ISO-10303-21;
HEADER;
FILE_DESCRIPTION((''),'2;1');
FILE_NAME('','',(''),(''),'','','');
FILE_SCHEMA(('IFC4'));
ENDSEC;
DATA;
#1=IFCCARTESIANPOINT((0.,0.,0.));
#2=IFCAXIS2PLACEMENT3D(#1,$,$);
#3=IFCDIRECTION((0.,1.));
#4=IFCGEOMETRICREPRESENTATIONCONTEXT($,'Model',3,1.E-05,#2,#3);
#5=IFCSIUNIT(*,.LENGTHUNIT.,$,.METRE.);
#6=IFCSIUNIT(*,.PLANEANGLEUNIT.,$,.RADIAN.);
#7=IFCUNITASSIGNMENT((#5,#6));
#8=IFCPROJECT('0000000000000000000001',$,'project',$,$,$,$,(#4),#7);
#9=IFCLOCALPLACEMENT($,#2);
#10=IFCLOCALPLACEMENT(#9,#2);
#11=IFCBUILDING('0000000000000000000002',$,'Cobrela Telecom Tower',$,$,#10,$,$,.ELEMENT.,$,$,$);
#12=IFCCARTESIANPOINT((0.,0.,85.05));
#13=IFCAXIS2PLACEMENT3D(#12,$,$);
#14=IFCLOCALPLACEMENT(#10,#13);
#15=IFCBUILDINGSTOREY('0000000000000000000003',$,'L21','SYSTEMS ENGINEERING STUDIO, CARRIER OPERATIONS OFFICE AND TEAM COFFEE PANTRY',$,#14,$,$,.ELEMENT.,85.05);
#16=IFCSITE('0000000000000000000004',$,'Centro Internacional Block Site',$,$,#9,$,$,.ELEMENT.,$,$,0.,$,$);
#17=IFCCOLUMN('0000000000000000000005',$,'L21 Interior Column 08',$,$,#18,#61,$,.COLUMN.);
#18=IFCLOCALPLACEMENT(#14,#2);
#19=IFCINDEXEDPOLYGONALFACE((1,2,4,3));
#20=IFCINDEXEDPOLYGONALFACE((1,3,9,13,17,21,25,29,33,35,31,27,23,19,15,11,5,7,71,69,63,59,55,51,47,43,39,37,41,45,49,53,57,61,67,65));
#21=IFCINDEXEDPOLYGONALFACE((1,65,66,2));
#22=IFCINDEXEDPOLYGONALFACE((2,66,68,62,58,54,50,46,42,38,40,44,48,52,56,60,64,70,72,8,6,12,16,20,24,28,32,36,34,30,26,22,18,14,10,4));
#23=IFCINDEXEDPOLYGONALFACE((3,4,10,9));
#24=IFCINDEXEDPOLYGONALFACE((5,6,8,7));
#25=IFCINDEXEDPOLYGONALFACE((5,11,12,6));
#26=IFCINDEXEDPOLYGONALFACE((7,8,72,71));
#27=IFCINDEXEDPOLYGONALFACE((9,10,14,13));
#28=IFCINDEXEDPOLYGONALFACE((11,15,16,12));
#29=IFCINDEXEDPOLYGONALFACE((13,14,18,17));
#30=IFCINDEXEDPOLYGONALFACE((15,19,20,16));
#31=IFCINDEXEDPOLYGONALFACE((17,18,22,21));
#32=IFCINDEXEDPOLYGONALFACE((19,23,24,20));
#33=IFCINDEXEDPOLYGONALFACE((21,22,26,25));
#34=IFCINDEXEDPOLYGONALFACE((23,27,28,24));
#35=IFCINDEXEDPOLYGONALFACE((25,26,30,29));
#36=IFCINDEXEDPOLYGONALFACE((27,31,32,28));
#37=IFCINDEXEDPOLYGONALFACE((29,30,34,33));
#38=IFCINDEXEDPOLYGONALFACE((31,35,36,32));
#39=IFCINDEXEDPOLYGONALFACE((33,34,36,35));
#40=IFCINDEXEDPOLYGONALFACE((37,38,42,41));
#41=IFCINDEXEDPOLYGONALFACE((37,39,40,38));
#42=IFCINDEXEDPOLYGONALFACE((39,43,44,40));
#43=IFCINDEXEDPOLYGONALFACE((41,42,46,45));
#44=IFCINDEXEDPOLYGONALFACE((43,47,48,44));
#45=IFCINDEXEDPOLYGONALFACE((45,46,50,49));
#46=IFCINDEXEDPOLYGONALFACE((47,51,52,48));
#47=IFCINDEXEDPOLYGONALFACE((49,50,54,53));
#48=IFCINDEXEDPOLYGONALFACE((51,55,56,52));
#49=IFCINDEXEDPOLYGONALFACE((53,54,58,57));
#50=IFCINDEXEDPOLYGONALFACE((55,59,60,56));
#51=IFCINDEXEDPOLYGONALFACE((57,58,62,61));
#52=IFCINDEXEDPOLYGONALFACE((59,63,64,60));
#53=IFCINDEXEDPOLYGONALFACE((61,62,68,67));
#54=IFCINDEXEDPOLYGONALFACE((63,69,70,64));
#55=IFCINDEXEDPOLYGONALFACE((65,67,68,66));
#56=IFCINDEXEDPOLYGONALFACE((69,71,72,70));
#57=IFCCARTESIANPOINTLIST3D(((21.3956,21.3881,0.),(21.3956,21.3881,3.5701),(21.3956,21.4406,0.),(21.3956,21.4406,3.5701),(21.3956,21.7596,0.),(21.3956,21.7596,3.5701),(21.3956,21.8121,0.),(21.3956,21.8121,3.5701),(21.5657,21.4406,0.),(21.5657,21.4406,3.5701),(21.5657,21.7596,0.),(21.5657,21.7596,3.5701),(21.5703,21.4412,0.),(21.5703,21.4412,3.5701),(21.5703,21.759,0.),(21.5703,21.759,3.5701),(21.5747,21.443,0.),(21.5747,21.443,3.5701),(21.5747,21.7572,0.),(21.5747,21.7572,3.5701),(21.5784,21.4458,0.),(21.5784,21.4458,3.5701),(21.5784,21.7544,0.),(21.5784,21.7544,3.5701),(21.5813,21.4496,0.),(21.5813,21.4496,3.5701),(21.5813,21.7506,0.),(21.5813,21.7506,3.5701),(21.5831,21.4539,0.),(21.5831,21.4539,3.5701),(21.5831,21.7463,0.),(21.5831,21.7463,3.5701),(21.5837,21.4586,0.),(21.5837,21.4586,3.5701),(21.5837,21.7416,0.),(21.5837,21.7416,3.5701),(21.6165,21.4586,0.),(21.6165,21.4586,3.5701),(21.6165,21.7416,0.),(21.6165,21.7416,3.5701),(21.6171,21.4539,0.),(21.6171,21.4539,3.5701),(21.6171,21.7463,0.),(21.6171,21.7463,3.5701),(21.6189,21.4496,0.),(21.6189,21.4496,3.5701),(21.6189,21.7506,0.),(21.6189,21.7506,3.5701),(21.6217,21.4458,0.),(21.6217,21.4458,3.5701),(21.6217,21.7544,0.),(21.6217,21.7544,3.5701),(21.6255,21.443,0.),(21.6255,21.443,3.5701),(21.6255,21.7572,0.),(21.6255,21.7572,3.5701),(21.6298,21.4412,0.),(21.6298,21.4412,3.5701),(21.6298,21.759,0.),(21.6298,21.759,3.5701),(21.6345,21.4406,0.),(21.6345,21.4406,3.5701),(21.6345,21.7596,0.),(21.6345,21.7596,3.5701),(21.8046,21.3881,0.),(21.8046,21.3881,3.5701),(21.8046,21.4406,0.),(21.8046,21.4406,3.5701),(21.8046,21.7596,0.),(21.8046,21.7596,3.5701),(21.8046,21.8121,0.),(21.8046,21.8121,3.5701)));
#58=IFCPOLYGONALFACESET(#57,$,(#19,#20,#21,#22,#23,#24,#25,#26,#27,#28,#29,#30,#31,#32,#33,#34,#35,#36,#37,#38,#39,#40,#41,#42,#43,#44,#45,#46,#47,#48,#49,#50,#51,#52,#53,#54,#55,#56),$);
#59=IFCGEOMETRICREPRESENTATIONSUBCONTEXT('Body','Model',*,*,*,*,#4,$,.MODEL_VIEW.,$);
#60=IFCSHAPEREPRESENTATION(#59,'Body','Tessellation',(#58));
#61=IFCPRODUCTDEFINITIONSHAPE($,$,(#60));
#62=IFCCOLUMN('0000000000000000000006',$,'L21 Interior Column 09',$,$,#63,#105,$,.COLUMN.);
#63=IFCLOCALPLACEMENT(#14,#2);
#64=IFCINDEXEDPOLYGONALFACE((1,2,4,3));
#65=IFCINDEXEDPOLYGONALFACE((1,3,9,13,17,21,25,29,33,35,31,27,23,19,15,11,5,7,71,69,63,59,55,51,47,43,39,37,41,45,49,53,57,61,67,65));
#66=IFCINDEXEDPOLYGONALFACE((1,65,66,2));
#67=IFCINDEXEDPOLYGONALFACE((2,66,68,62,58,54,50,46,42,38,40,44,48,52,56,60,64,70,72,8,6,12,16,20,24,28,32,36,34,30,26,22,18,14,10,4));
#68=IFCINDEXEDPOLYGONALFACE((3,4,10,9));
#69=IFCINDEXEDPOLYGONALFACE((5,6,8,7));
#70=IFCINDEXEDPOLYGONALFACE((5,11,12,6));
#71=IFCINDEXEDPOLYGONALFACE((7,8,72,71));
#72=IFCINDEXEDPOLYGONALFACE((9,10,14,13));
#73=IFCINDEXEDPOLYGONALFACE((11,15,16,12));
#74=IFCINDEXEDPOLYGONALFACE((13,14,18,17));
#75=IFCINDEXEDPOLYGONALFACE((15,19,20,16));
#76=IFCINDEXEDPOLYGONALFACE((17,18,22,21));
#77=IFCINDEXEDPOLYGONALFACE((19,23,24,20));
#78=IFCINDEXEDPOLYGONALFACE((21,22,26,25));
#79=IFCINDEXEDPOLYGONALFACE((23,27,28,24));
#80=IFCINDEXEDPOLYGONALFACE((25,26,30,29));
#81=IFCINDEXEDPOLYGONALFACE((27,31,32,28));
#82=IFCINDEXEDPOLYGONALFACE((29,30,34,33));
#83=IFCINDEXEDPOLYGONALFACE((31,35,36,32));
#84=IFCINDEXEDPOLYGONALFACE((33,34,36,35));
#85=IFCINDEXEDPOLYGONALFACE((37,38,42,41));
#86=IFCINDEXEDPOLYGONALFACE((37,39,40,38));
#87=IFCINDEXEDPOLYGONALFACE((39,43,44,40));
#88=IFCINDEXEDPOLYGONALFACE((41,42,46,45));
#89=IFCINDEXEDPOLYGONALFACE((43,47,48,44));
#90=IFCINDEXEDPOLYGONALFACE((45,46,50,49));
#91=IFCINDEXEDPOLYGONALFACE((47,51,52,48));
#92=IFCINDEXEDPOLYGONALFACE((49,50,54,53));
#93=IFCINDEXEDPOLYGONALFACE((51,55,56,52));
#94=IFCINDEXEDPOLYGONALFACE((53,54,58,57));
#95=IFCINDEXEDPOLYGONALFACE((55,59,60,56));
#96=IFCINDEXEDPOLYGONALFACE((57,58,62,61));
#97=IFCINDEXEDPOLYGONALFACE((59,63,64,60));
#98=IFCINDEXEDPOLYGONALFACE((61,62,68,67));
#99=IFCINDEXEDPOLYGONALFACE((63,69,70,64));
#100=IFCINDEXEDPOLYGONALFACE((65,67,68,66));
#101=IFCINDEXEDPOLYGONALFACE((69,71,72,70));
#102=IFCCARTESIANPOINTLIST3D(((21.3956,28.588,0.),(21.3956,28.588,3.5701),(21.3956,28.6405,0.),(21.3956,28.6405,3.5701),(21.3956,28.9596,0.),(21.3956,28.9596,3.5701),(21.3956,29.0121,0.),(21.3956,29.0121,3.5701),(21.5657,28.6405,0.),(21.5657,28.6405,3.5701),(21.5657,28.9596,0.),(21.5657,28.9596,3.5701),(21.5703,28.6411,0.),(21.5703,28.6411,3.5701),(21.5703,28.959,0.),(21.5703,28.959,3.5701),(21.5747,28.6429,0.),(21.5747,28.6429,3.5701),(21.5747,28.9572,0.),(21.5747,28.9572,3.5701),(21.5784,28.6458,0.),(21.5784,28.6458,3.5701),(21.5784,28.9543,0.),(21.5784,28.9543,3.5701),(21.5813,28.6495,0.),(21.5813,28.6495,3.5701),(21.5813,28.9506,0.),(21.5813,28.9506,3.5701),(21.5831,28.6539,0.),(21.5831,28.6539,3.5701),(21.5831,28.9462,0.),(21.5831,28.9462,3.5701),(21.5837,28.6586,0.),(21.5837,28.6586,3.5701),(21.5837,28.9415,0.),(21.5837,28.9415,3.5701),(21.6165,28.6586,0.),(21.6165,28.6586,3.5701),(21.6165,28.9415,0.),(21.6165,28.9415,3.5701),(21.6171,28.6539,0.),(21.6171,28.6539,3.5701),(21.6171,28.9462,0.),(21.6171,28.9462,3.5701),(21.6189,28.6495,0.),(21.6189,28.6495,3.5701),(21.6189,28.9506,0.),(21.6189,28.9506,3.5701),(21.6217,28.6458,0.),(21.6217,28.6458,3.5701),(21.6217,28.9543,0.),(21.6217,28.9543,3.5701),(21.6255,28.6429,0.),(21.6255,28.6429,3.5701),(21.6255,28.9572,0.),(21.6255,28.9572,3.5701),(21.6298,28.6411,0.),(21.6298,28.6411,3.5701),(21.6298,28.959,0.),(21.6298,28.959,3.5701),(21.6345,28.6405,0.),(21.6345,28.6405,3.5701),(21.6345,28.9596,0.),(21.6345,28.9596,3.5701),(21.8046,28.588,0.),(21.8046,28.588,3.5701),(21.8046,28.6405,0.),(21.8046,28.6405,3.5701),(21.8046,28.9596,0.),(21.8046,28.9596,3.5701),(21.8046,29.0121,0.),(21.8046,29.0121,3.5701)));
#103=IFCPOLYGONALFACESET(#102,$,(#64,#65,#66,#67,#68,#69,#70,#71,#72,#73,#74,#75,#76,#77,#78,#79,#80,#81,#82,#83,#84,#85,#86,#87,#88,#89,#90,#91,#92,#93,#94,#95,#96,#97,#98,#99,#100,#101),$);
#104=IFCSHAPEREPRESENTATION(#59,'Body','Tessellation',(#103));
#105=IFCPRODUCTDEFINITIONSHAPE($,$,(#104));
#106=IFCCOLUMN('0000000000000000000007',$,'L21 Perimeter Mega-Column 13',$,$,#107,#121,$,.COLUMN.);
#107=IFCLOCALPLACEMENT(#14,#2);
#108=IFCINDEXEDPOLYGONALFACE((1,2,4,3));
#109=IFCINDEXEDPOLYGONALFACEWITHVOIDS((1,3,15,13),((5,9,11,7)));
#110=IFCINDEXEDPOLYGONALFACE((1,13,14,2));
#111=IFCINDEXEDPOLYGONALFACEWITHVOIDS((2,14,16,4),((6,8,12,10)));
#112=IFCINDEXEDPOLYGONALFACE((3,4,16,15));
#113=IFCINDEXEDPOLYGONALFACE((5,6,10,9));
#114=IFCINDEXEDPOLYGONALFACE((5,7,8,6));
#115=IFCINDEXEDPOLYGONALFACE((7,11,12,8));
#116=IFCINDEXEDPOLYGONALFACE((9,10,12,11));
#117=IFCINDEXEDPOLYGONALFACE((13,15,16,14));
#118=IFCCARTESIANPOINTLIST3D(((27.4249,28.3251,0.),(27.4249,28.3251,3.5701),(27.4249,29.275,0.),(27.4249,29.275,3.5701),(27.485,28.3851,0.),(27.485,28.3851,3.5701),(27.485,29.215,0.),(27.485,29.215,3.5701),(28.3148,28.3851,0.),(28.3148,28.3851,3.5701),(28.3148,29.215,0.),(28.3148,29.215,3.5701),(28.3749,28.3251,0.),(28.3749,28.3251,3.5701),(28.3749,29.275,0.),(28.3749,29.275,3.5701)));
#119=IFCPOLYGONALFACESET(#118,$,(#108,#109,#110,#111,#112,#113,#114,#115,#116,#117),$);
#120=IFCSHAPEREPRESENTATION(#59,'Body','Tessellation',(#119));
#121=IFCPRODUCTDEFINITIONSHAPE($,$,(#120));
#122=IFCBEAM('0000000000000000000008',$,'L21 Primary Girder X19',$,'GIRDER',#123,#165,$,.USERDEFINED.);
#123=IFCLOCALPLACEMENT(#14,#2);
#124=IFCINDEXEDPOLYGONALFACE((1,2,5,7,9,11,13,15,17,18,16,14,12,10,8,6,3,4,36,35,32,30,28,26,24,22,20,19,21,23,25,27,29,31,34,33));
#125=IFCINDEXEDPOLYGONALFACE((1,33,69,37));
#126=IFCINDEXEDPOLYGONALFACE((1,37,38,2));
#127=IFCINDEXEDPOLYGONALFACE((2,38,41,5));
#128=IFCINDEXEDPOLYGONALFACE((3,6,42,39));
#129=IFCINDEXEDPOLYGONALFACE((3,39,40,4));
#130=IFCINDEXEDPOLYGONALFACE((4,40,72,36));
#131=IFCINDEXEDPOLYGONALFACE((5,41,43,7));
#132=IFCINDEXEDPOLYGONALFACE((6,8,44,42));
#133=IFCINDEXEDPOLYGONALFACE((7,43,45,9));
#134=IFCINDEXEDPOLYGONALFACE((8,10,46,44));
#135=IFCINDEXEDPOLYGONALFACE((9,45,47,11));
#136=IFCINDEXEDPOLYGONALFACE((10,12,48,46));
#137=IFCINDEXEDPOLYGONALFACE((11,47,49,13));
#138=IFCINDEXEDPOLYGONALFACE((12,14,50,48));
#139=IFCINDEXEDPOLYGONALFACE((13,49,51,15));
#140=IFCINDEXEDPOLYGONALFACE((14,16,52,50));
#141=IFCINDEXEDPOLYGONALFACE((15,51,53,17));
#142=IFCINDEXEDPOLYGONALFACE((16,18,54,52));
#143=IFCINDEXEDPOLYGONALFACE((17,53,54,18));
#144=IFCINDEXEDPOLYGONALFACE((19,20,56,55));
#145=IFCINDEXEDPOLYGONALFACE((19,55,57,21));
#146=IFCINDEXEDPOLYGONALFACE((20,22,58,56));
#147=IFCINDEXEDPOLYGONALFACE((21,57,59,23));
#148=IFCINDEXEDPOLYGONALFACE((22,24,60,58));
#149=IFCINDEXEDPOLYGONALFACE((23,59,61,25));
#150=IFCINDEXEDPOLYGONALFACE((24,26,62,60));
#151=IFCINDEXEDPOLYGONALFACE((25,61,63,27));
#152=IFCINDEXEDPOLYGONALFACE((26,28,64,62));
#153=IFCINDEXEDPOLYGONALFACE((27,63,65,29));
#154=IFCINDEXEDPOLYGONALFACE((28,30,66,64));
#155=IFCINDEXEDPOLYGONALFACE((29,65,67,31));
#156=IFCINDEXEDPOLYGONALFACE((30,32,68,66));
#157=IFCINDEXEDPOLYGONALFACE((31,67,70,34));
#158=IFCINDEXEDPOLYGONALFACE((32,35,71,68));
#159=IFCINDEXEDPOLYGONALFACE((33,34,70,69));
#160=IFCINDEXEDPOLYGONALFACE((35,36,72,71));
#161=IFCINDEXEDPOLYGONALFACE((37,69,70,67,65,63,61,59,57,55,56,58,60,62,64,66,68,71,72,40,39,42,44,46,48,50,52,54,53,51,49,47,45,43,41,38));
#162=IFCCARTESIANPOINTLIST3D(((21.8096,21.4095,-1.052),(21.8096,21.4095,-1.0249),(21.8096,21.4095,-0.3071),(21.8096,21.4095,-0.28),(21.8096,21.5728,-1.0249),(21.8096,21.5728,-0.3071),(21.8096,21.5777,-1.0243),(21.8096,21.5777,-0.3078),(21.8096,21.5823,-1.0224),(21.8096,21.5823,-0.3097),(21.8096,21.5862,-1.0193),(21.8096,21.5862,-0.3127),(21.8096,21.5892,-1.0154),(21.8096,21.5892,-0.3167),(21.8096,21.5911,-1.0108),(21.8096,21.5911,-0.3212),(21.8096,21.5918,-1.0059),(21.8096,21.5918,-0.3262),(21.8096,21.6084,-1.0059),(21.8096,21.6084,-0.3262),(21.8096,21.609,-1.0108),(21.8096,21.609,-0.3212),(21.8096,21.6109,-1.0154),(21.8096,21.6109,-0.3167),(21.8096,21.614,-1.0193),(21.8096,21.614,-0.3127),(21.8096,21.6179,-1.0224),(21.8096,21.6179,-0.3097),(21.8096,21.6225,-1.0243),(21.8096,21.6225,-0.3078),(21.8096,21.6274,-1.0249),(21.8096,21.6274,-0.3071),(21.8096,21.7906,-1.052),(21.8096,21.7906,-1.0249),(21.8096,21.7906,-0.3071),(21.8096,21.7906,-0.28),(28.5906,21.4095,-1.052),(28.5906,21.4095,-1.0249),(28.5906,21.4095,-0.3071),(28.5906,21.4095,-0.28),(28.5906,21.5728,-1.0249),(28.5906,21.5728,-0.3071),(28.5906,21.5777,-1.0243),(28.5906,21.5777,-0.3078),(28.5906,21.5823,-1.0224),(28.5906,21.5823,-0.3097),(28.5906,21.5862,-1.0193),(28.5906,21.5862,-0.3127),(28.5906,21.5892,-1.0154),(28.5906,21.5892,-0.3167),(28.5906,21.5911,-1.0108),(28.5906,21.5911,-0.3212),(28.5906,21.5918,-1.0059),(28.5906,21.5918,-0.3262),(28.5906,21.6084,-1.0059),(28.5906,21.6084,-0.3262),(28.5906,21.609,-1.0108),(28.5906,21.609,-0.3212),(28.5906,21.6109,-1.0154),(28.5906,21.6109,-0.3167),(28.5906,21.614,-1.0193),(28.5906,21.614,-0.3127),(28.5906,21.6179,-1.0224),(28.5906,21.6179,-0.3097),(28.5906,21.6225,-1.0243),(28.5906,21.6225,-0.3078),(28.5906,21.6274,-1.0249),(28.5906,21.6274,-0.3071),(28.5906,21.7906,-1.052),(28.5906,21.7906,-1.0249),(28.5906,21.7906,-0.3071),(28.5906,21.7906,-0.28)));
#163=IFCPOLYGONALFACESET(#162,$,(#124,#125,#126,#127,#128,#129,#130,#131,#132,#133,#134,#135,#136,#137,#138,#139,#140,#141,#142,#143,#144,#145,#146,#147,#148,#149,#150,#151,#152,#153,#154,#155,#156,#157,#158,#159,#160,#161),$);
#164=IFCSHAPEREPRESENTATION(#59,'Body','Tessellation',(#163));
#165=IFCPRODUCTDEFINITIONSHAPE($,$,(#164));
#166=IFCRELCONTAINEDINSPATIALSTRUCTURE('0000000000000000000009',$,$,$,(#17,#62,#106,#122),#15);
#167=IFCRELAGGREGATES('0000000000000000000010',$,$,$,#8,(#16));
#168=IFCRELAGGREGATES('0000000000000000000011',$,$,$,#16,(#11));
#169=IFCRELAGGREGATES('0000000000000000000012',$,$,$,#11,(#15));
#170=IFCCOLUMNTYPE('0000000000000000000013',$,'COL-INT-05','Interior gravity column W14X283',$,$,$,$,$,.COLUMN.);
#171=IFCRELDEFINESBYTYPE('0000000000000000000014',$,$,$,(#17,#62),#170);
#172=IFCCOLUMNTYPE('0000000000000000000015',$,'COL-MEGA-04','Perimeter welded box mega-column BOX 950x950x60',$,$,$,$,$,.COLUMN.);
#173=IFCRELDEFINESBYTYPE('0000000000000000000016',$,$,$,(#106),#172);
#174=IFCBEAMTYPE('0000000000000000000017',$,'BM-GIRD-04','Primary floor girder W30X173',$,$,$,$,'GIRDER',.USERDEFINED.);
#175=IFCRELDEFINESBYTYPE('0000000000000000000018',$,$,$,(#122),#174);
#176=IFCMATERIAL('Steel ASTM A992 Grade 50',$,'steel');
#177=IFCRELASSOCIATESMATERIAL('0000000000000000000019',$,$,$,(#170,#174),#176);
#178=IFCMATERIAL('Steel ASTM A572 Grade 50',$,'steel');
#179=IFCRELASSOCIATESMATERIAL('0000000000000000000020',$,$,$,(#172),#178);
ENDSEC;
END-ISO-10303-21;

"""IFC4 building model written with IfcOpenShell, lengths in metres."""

from ifc_helpers import new_model, si_unit, direction, frame, origin, origin_2d, place, context, subcontext, project, spatial, hollow_rectangle, i_section, extrude, material, material_profile, profile_set, type_object, element, save


model = new_model("IFC4")

# Units and contexts
model_context = context("Model", 3, precision=1e-05, world=origin(), true_north=direction((0.0, 1.0)))
body_context = subcontext(model_context, "Body", "Model", "MODEL_VIEW")
ifc_project = project(units=[si_unit("LENGTHUNIT", "METRE"), si_unit("PLANEANGLEUNIT", "RADIAN")], contexts=[model_context])

# Site, building, storey
site_placement = place(None, origin())
site = spatial("IfcSite", under=ifc_project, at=site_placement, Name="Centro Internacional Block Site", CompositionType="ELEMENT", RefElevation=0.0)
building_placement = place(site_placement, origin())
building = spatial("IfcBuilding", under=site, at=building_placement, Name="Cobrela Telecom Tower", CompositionType="ELEMENT")
storey_placement = place(building_placement, frame((0.0, 0.0, 85.05)))
storey = spatial("IfcBuildingStorey", under=building, at=storey_placement, Name="L21", Description="SYSTEMS ENGINEERING STUDIO, CARRIER OPERATIONS OFFICE AND TEAM COFFEE PANTRY", CompositionType="ELEMENT", Elevation=85.05)

# Columns
ifc_material_1 = material(Name="Steel ASTM A992 Grade 50", Category="steel")
ifc_material_profile_1 = material_profile(ifc_material_1, i_section(OverallWidth=0.4089, OverallDepth=0.4241, WebThickness=0.0327, FlangeThickness=0.0525, FilletRadius=0.0181, at=origin_2d()), Name="W14X283")
ifc_profile_set_1 = profile_set([ifc_material_profile_1], Name="Steel ASTM A992 Grade 50")
column_type_1 = type_object("IfcColumnType", Name="COL-INT-05", Description="Interior gravity column W14X283", PredefinedType="COLUMN", material=ifc_profile_set_1)
for number, where, z_axis, x_axis, name in (
    (1, (21.6001, 21.6001, 0.0), (0.0, 0.0, 1.0), (1.0, 0.0, 0.0), "L21 Interior Column 08"),
    (2, (21.6001, 28.8, 0.0), (0.0, 0.0, 1.0), (1.0, 0.0, 0.0), "L21 Interior Column 09"),
):
    element("IfcColumn", number, at=place(storey_placement, frame(where, z_axis=z_axis, x_axis=x_axis)), inside=storey, type_object=column_type_1, Name=name, PredefinedType="COLUMN", context=body_context, shape_type="SweptSolid", body=[
        extrude(i_section(OverallWidth=0.4089, OverallDepth=0.4241, WebThickness=0.0327, FlangeThickness=0.0525, FilletRadius=0.0181, at=origin_2d()), origin(), (0.0, 0.0, 1.0), 3.5701),
    ])
ifc_material_2 = material(Name="Steel ASTM A572 Grade 50", Category="steel")
ifc_material_profile_2 = material_profile(ifc_material_2, hollow_rectangle(XDim=0.95, YDim=0.95, WallThickness=0.0601, at=origin_2d()), Name="BOX 950x950x60")
ifc_profile_set_2 = profile_set([ifc_material_profile_2], Name="Steel ASTM A572 Grade 50")
column_type_2 = type_object("IfcColumnType", Name="COL-MEGA-04", Description="Perimeter welded box mega-column BOX 950x950x60", PredefinedType="COLUMN", material=ifc_profile_set_2)
column_placement = place(storey_placement, frame((27.8999, 28.8, 0.0), z_axis=(0.0, 0.0, 1.0), x_axis=(1.0, 0.0, 0.0)))
element("IfcColumn", 3, at=column_placement, inside=storey, type_object=column_type_2, Name="L21 Perimeter Mega-Column 13", PredefinedType="COLUMN", context=body_context, shape_type="SweptSolid", body=[
    extrude(hollow_rectangle(XDim=0.95, YDim=0.95, WallThickness=0.0601, at=origin_2d()), origin(), (0.0, 0.0, 1.0), 3.5701),
])

# Beam
ifc_material_profile_3 = material_profile(ifc_material_1, i_section(OverallWidth=0.3811, OverallDepth=0.772, WebThickness=0.0166, FlangeThickness=0.0271, FilletRadius=0.019, at=origin_2d()), Name="W30X173")
ifc_profile_set_3 = profile_set([ifc_material_profile_3], Name="Steel ASTM A992 Grade 50")
beam_type_1 = type_object("IfcBeamType", Name="BM-GIRD-04", Description="Primary floor girder W30X173", ElementType="GIRDER", PredefinedType="USERDEFINED", material=ifc_profile_set_3)
beam_1_placement = place(storey_placement, frame((21.8096, 21.6001, -0.666), z_axis=(1.0, 0.0, 0.0), x_axis=(0.0, 1.0, 0.0)))
element("IfcBeam", 4, at=beam_1_placement, inside=storey, type_object=beam_type_1, Name="L21 Primary Girder X19", ObjectType="GIRDER", PredefinedType="USERDEFINED", context=body_context, shape_type="SweptSolid", body=[
    extrude(i_section(OverallWidth=0.3811, OverallDepth=0.772, WebThickness=0.0166, FlangeThickness=0.0271, FilletRadius=0.019, at=origin_2d()), origin(), (0.0, 0.0, 1.0), 6.781),
])

save(model, "model.ifc")
